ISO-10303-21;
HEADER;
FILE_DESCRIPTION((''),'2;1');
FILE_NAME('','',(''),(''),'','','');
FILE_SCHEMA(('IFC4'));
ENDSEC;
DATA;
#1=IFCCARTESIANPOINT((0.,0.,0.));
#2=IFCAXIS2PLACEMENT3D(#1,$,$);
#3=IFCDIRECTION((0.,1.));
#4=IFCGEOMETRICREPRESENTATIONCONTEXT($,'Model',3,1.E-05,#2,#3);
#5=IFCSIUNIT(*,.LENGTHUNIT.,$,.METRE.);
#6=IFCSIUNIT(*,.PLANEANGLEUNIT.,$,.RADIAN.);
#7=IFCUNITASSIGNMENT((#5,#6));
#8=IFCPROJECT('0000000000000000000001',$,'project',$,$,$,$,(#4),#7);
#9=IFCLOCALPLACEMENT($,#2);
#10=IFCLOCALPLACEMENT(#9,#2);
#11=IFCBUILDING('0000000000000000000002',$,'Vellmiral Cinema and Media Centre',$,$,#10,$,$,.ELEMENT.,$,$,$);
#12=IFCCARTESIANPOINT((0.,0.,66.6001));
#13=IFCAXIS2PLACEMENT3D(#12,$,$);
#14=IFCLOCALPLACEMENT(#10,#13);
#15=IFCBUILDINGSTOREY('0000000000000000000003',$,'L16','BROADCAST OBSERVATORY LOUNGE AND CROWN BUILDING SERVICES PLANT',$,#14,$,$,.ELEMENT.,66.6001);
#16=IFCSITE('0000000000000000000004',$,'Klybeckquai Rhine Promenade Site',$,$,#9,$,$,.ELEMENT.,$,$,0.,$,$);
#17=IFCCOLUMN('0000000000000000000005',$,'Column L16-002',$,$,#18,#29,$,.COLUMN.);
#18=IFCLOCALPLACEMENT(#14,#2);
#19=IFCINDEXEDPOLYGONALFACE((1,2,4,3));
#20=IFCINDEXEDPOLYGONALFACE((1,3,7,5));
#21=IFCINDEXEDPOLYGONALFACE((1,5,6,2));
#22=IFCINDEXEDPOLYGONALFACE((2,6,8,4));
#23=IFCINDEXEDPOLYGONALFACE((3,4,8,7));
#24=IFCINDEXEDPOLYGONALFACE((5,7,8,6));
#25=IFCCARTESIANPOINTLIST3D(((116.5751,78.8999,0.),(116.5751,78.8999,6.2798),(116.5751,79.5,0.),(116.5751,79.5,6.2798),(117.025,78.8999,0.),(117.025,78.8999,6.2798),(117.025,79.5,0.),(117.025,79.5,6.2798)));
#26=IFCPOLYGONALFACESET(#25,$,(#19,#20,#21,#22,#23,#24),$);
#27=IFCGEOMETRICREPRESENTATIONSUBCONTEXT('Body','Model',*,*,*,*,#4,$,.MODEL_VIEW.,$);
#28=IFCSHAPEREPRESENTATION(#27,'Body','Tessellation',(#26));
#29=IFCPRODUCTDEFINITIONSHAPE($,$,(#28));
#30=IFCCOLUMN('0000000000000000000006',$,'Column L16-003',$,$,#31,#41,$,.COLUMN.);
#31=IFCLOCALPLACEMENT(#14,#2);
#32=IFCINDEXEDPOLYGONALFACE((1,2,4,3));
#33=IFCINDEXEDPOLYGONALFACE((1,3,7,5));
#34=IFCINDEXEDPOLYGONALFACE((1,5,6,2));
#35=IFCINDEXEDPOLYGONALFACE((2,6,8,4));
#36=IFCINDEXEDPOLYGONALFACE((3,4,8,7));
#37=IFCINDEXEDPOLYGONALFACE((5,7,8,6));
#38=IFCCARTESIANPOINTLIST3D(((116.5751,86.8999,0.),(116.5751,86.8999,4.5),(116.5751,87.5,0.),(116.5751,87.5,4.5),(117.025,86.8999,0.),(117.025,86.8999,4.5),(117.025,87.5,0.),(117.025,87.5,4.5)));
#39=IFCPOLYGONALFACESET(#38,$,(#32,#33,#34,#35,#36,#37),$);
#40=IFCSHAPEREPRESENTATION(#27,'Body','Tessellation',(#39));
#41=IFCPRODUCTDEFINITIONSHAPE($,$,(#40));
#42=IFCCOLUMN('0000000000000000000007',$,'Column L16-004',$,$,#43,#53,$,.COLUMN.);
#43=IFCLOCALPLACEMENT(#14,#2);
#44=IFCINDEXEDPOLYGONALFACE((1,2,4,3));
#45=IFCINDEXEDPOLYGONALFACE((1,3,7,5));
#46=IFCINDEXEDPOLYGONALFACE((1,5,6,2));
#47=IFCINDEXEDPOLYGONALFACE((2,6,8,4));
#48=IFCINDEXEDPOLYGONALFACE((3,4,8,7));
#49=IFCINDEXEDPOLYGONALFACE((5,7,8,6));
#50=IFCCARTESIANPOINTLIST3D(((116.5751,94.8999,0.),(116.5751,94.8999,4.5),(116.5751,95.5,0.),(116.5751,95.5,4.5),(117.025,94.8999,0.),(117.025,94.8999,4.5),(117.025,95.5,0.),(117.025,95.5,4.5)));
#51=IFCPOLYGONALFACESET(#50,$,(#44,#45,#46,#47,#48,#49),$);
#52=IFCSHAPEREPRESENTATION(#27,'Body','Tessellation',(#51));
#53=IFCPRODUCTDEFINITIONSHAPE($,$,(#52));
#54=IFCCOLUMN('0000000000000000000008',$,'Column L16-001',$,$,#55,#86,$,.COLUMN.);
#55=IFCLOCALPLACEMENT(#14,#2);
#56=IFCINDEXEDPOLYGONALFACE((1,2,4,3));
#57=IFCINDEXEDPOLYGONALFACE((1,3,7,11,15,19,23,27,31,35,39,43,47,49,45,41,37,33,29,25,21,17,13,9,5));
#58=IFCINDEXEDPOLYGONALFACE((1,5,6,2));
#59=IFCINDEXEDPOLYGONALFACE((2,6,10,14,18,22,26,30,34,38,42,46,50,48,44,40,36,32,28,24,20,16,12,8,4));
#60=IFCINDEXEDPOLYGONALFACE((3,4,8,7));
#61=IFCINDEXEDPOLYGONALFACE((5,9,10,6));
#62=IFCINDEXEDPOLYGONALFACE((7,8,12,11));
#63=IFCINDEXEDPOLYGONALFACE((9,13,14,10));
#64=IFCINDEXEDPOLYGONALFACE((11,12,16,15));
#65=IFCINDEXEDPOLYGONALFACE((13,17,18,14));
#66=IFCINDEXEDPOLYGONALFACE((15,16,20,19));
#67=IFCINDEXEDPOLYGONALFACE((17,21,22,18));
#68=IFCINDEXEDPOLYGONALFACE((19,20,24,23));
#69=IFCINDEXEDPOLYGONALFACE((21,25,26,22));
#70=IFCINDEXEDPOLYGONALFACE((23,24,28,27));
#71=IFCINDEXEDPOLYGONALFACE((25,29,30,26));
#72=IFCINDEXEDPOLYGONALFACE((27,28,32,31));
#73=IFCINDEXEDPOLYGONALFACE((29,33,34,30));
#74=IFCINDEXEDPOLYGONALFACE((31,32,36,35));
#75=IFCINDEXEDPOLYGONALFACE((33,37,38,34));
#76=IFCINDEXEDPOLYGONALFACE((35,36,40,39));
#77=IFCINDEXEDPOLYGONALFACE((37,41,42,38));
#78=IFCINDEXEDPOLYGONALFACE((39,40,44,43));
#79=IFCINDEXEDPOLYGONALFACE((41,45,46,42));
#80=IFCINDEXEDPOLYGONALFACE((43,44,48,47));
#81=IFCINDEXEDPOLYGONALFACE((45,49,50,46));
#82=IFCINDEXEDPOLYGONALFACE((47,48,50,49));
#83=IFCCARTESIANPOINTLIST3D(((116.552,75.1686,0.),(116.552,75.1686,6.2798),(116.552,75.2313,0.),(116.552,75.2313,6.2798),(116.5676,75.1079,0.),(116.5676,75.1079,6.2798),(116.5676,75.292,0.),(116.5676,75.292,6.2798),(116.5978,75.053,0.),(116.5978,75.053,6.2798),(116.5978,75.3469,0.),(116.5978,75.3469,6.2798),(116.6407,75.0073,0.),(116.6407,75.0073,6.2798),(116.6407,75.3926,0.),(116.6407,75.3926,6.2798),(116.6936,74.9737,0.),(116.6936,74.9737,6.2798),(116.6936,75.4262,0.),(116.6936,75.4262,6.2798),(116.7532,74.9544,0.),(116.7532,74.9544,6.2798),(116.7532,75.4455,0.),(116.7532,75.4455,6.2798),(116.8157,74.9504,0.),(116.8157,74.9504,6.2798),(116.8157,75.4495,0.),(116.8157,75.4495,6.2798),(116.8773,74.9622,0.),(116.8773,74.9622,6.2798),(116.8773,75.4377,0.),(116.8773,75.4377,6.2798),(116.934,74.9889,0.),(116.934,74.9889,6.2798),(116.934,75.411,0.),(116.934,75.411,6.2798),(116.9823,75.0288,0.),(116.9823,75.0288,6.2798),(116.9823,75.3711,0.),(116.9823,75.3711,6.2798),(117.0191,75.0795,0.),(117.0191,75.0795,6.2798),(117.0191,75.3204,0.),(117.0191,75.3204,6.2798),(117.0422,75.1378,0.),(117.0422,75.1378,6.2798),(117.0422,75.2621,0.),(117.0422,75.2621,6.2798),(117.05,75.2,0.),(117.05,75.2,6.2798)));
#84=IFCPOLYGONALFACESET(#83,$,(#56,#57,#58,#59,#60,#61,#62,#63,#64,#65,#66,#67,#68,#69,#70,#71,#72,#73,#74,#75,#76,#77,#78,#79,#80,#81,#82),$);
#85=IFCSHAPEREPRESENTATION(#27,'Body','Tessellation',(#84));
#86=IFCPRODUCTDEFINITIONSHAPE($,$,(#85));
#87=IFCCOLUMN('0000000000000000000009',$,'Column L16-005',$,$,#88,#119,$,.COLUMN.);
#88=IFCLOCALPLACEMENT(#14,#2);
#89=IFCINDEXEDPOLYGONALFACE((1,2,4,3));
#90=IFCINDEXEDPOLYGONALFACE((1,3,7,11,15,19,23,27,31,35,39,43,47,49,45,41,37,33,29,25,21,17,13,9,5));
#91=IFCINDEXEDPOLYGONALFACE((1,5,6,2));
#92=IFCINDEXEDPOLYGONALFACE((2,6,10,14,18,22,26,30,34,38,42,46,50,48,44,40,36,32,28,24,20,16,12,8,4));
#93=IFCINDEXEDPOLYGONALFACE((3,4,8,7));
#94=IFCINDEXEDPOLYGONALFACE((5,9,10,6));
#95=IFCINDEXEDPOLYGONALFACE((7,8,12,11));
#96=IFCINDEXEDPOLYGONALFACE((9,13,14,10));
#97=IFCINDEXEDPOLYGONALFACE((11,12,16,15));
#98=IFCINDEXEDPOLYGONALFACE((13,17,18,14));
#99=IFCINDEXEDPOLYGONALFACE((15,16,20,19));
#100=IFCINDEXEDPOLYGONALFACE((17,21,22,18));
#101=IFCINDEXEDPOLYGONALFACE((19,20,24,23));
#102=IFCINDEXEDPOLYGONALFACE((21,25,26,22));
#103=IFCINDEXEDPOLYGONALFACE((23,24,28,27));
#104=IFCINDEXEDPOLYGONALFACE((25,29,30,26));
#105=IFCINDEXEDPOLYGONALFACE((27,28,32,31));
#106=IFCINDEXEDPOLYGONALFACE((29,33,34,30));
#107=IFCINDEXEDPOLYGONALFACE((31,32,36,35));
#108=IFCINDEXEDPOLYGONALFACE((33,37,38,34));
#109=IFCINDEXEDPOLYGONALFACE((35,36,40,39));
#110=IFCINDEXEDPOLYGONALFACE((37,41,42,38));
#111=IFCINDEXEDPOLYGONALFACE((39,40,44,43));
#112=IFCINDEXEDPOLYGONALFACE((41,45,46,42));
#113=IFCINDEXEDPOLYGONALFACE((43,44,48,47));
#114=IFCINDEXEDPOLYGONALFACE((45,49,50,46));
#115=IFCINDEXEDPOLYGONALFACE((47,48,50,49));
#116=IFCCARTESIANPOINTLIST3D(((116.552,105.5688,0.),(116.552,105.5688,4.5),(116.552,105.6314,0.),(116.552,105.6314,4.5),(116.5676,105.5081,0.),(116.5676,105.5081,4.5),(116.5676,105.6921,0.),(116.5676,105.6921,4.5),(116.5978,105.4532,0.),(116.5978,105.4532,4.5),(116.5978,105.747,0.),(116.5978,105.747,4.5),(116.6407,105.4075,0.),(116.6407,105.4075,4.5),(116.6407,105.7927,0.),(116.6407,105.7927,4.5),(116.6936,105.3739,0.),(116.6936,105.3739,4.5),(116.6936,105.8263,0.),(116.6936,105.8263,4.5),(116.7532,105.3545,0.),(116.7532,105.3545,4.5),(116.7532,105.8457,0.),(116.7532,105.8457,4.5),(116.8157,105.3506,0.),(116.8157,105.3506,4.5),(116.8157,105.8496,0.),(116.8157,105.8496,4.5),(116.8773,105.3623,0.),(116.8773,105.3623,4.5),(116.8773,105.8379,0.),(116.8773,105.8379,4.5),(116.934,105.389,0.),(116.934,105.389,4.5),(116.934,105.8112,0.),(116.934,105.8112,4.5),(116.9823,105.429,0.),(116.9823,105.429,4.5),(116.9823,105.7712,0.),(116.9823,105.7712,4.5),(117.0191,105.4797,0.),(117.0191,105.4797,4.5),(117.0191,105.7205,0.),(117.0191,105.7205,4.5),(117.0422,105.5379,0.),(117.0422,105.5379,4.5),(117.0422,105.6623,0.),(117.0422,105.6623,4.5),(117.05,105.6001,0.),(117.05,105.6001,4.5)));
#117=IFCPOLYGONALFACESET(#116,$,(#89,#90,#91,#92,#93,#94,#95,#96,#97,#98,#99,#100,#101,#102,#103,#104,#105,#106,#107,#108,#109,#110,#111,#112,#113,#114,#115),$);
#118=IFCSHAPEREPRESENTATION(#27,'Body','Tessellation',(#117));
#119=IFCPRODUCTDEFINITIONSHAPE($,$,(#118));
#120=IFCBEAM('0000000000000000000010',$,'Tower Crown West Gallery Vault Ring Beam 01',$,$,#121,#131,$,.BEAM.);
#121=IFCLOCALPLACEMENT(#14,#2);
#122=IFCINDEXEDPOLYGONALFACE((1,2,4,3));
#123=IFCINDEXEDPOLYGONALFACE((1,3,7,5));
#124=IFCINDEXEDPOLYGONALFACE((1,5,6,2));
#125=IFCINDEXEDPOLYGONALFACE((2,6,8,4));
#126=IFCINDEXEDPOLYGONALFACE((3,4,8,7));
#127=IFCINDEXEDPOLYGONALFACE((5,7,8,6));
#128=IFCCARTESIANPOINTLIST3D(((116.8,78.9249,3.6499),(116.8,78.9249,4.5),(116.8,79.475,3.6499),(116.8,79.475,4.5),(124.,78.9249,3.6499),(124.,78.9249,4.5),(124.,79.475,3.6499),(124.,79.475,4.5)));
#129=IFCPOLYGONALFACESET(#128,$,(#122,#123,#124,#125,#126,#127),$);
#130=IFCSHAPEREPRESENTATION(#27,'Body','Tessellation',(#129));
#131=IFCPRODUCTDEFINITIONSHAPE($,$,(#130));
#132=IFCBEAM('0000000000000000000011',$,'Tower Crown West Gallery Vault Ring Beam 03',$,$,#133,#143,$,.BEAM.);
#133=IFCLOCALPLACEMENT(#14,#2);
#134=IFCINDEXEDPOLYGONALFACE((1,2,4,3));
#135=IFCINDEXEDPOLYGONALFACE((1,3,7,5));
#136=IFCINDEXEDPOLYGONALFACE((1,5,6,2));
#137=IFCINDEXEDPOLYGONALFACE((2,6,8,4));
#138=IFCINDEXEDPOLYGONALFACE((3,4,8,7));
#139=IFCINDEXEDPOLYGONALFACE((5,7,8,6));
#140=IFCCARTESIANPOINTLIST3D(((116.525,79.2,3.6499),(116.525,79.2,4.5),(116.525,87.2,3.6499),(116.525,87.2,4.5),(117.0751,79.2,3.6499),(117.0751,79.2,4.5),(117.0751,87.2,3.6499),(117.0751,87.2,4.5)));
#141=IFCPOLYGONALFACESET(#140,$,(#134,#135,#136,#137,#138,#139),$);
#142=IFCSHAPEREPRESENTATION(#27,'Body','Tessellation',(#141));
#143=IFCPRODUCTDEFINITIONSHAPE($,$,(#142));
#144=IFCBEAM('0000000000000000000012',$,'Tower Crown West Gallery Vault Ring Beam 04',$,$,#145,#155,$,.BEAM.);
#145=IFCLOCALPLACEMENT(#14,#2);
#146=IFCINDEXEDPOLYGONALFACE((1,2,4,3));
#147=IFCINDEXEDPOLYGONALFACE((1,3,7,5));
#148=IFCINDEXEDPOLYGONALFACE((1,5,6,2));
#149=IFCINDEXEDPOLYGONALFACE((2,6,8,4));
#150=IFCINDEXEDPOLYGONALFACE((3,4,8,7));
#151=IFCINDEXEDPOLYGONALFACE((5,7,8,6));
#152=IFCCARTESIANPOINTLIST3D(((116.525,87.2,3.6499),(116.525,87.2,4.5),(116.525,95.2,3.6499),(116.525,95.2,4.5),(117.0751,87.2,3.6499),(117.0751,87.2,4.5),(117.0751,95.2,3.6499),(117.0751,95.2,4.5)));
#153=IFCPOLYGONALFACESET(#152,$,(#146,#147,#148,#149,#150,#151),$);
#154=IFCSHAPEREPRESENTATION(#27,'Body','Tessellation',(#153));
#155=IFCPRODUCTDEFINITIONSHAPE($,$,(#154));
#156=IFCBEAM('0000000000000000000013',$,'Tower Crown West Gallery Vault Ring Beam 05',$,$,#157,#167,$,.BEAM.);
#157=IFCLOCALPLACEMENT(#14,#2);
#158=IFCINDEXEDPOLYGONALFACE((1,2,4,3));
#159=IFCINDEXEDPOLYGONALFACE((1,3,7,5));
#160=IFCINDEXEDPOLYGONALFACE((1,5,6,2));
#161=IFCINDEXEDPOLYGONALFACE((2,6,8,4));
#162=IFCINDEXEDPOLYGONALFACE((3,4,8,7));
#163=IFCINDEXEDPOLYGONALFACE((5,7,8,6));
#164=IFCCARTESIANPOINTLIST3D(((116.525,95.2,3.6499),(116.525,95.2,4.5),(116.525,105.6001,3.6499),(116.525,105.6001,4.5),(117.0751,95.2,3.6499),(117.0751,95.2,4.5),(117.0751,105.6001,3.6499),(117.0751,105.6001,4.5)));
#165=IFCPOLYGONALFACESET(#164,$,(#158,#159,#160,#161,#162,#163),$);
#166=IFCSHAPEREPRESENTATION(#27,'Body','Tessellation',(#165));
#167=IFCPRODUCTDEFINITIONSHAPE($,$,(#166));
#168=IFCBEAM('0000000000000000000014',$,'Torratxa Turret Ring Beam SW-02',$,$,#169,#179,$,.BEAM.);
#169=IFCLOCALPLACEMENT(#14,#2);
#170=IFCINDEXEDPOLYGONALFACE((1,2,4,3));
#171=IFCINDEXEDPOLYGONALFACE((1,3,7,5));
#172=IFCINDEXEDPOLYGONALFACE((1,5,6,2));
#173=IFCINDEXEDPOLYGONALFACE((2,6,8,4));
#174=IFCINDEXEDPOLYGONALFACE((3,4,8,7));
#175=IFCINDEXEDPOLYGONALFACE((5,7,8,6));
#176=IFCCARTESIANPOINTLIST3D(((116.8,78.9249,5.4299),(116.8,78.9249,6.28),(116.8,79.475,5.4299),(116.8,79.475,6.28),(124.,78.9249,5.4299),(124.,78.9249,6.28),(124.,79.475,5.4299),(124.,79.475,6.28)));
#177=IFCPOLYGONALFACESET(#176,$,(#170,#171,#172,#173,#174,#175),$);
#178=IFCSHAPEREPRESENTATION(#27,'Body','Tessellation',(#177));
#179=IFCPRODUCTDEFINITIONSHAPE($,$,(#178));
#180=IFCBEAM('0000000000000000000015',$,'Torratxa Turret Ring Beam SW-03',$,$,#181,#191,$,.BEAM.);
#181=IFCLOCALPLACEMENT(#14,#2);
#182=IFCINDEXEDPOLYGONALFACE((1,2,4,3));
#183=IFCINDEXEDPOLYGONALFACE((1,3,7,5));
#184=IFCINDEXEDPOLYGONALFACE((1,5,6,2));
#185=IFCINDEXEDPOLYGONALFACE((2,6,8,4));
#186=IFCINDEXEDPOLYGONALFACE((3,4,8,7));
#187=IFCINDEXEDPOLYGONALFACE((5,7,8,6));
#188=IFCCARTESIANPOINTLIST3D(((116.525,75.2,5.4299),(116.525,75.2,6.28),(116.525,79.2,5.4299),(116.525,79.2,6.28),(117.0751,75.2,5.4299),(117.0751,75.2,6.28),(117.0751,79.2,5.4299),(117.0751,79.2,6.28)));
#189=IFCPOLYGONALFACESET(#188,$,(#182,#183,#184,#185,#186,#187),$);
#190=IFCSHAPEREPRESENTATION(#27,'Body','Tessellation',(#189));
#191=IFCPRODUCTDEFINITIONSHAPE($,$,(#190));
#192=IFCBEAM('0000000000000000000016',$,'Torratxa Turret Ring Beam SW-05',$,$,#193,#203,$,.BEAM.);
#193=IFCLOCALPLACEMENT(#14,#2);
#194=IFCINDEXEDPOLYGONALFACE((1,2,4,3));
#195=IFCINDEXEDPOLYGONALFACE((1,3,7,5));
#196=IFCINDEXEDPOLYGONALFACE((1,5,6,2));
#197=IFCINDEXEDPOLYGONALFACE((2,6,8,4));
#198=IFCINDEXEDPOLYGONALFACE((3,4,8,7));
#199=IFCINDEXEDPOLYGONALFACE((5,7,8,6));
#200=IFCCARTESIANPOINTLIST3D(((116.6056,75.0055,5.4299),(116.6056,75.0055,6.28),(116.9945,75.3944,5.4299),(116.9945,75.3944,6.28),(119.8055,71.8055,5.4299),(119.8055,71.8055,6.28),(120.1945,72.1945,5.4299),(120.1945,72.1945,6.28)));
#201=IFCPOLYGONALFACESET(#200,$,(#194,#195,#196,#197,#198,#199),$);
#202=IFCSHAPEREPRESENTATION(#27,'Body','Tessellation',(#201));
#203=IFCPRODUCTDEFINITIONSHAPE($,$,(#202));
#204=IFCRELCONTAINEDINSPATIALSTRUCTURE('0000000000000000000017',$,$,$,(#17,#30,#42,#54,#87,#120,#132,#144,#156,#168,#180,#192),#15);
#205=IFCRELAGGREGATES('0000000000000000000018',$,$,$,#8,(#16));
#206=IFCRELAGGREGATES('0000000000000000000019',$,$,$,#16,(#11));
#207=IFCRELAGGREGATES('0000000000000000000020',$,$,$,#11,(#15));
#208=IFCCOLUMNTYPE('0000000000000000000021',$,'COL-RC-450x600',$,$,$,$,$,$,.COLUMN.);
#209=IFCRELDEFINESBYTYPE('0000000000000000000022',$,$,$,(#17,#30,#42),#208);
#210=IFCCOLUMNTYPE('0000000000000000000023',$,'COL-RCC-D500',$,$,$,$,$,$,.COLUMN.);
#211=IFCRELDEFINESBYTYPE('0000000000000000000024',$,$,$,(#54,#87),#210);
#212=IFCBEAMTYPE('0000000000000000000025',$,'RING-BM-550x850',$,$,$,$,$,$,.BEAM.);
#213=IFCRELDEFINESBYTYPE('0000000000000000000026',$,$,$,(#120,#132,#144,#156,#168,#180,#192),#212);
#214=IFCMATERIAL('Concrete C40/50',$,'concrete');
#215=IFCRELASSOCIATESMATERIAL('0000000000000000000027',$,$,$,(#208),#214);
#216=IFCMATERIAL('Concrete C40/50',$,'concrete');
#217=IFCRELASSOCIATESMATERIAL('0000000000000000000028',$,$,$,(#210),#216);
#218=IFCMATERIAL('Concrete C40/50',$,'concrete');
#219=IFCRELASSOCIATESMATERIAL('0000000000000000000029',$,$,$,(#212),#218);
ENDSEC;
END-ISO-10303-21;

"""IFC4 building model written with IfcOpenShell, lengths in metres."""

from ifc_helpers import new_model, si_unit, direction, frame, origin, origin_2d, place, context, subcontext, project, spatial, rectangle, circle, extrude, material, material_profile, profile_set, type_object, element, save


model = new_model("IFC4")

# Units and contexts
model_context = context("Model", 3, precision=1e-05, world=origin(), true_north=direction((0.0, 1.0)))
body_context = subcontext(model_context, "Body", "Model", "MODEL_VIEW")
ifc_project = project(units=[si_unit("LENGTHUNIT", "METRE"), si_unit("PLANEANGLEUNIT", "RADIAN")], contexts=[model_context])

# Site, building, storey
site_placement = place(None, origin())
site = spatial("IfcSite", under=ifc_project, at=site_placement, Name="Klybeckquai Rhine Promenade Site", CompositionType="ELEMENT", RefElevation=0.0)
building_placement = place(site_placement, origin())
building = spatial("IfcBuilding", under=site, at=building_placement, Name="Vellmiral Cinema and Media Centre", CompositionType="ELEMENT")
storey_placement = place(building_placement, frame((0.0, 0.0, 66.6001)))
storey = spatial("IfcBuildingStorey", under=building, at=storey_placement, Name="L16", Description="BROADCAST OBSERVATORY LOUNGE AND CROWN BUILDING SERVICES PLANT", CompositionType="ELEMENT", Elevation=66.6001)

# Columns
ifc_material_1 = material(Name="Concrete C40/50", Category="concrete")
ifc_material_profile_1 = material_profile(ifc_material_1, rectangle(XDim=0.45, YDim=0.6001, at=origin_2d()), Name="RC 450x600")
ifc_profile_set_1 = profile_set([ifc_material_profile_1], Name="Concrete C40/50")
column_type_1 = type_object("IfcColumnType", Name="COL-RC-450x600", PredefinedType="COLUMN", material=ifc_profile_set_1)
column_1_placement = place(storey_placement, frame((116.8, 79.2, 0.0), z_axis=(0.0, 0.0, 1.0), x_axis=(1.0, 0.0, 0.0)))
element("IfcColumn", 1, at=column_1_placement, inside=storey, type_object=column_type_1, Name="Column L16-002", PredefinedType="COLUMN", context=body_context, shape_type="SweptSolid", body=[
    extrude(rectangle(XDim=0.45, YDim=0.6001, at=origin_2d()), origin(), (0.0, 0.0, 1.0), 6.2798),
])
for number, where, z_axis, x_axis, name in (
    (2, (116.8, 87.2, 0.0), (0.0, 0.0, 1.0), (1.0, 0.0, 0.0), "Column L16-003"),
    (3, (116.8, 95.2, 0.0), (0.0, 0.0, 1.0), (1.0, 0.0, 0.0), "Column L16-004"),
):
    element("IfcColumn", number, at=place(storey_placement, frame(where, z_axis=z_axis, x_axis=x_axis)), inside=storey, type_object=column_type_1, Name=name, PredefinedType="COLUMN", context=body_context, shape_type="SweptSolid", body=[
        extrude(rectangle(XDim=0.45, YDim=0.6001, at=origin_2d()), origin(), (0.0, 0.0, 1.0), 4.5),
    ])
ifc_material_2 = material(Name="Concrete C40/50", Category="concrete")
ifc_material_profile_2 = material_profile(ifc_material_2, circle(Radius=0.25, at=origin_2d()), Name="RC D500")
ifc_profile_set_2 = profile_set([ifc_material_profile_2], Name="Concrete C40/50")
column_type_2 = type_object("IfcColumnType", Name="COL-RCC-D500", PredefinedType="COLUMN", material=ifc_profile_set_2)
column_2_placement = place(storey_placement, frame((116.8, 75.2, 0.0), z_axis=(0.0, 0.0, 1.0), x_axis=(1.0, 0.0, 0.0)))
element("IfcColumn", 4, at=column_2_placement, inside=storey, type_object=column_type_2, Name="Column L16-001", PredefinedType="COLUMN", context=body_context, shape_type="SweptSolid", body=[
    extrude(circle(Radius=0.25, at=origin_2d()), origin(), (0.0, 0.0, 1.0), 6.2798),
])
column_3_placement = place(storey_placement, frame((116.8, 105.6001, 0.0), z_axis=(0.0, 0.0, 1.0), x_axis=(1.0, 0.0, 0.0)))
element("IfcColumn", 5, at=column_3_placement, inside=storey, type_object=column_type_2, Name="Column L16-005", PredefinedType="COLUMN", context=body_context, shape_type="SweptSolid", body=[
    extrude(circle(Radius=0.25, at=origin_2d()), origin(), (0.0, 0.0, 1.0), 4.5),
])

# Beams
ifc_material_3 = material(Name="Concrete C40/50", Category="concrete")
ifc_material_profile_3 = material_profile(ifc_material_3, rectangle(XDim=0.55, YDim=0.8501, at=origin_2d()), Name="RC 550x850")
ifc_profile_set_3 = profile_set([ifc_material_profile_3], Name="Concrete C40/50")
beam_type_1 = type_object("IfcBeamType", Name="RING-BM-550x850", PredefinedType="BEAM", material=ifc_profile_set_3)
beam_1_placement = place(storey_placement, frame((116.8, 79.2, 4.075), z_axis=(1.0, 0.0, 0.0), x_axis=(0.0, 1.0, 0.0)))
element("IfcBeam", 6, at=beam_1_placement, inside=storey, type_object=beam_type_1, Name="Tower Crown West Gallery Vault Ring Beam 01", PredefinedType="BEAM", context=body_context, shape_type="SweptSolid", body=[
    extrude(rectangle(XDim=0.55, YDim=0.8501, at=origin_2d()), origin(), (0.0, 0.0, 1.0), 7.2),
])
for number, where, z_axis, x_axis, name in (
    (7, (116.8, 79.2, 4.075), (0.0, 1.0, 0.0), (-1.0, 0.0, 0.0), "Tower Crown West Gallery Vault Ring Beam 03"),
    (8, (116.8, 87.2, 4.075), (0.0, 1.0, 0.0), (-1.0, 0.0, 0.0), "Tower Crown West Gallery Vault Ring Beam 04"),
):
    element("IfcBeam", number, at=place(storey_placement, frame(where, z_axis=z_axis, x_axis=x_axis)), inside=storey, type_object=beam_type_1, Name=name, PredefinedType="BEAM", context=body_context, shape_type="SweptSolid", body=[
        extrude(rectangle(XDim=0.55, YDim=0.8501, at=origin_2d()), origin(), (0.0, 0.0, 1.0), 8.0),
    ])
beam_2_placement = place(storey_placement, frame((116.8, 95.2, 4.075), z_axis=(0.0, 1.0, 0.0), x_axis=(-1.0, 0.0, 0.0)))
element("IfcBeam", 9, at=beam_2_placement, inside=storey, type_object=beam_type_1, Name="Tower Crown West Gallery Vault Ring Beam 05", PredefinedType="BEAM", context=body_context, shape_type="SweptSolid", body=[
    extrude(rectangle(XDim=0.55, YDim=0.8501, at=origin_2d()), origin(), (0.0, 0.0, 1.0), 10.4001),
])
beam_3_placement = place(storey_placement, frame((116.8, 79.2, 5.855), z_axis=(1.0, 0.0, 0.0), x_axis=(0.0, 1.0, 0.0)))
element("IfcBeam", 10, at=beam_3_placement, inside=storey, type_object=beam_type_1, Name="Torratxa Turret Ring Beam SW-02", PredefinedType="BEAM", context=body_context, shape_type="SweptSolid", body=[
    extrude(rectangle(XDim=0.55, YDim=0.8501, at=origin_2d()), origin(), (0.0, 0.0, 1.0), 7.2),
])
beam_4_placement = place(storey_placement, frame((116.8, 75.2, 5.855), z_axis=(0.0, 1.0, 0.0), x_axis=(-1.0, 0.0, 0.0)))
element("IfcBeam", 11, at=beam_4_placement, inside=storey, type_object=beam_type_1, Name="Torratxa Turret Ring Beam SW-03", PredefinedType="BEAM", context=body_context, shape_type="SweptSolid", body=[
    extrude(rectangle(XDim=0.55, YDim=0.8501, at=origin_2d()), origin(), (0.0, 0.0, 1.0), 4.0),
])
beam_5_placement = place(storey_placement, frame((116.8, 75.2, 5.855), z_axis=(0.707107, -0.707107, 0.0), x_axis=(0.707107, 0.707107, 0.0)))
element("IfcBeam", 12, at=beam_5_placement, inside=storey, type_object=beam_type_1, Name="Torratxa Turret Ring Beam SW-05", PredefinedType="BEAM", context=body_context, shape_type="SweptSolid", body=[
    extrude(rectangle(XDim=0.55, YDim=0.8501, at=origin_2d()), origin(), (0.0, 0.0, 1.0), 4.5254),
])

save(model, "model.ifc")
